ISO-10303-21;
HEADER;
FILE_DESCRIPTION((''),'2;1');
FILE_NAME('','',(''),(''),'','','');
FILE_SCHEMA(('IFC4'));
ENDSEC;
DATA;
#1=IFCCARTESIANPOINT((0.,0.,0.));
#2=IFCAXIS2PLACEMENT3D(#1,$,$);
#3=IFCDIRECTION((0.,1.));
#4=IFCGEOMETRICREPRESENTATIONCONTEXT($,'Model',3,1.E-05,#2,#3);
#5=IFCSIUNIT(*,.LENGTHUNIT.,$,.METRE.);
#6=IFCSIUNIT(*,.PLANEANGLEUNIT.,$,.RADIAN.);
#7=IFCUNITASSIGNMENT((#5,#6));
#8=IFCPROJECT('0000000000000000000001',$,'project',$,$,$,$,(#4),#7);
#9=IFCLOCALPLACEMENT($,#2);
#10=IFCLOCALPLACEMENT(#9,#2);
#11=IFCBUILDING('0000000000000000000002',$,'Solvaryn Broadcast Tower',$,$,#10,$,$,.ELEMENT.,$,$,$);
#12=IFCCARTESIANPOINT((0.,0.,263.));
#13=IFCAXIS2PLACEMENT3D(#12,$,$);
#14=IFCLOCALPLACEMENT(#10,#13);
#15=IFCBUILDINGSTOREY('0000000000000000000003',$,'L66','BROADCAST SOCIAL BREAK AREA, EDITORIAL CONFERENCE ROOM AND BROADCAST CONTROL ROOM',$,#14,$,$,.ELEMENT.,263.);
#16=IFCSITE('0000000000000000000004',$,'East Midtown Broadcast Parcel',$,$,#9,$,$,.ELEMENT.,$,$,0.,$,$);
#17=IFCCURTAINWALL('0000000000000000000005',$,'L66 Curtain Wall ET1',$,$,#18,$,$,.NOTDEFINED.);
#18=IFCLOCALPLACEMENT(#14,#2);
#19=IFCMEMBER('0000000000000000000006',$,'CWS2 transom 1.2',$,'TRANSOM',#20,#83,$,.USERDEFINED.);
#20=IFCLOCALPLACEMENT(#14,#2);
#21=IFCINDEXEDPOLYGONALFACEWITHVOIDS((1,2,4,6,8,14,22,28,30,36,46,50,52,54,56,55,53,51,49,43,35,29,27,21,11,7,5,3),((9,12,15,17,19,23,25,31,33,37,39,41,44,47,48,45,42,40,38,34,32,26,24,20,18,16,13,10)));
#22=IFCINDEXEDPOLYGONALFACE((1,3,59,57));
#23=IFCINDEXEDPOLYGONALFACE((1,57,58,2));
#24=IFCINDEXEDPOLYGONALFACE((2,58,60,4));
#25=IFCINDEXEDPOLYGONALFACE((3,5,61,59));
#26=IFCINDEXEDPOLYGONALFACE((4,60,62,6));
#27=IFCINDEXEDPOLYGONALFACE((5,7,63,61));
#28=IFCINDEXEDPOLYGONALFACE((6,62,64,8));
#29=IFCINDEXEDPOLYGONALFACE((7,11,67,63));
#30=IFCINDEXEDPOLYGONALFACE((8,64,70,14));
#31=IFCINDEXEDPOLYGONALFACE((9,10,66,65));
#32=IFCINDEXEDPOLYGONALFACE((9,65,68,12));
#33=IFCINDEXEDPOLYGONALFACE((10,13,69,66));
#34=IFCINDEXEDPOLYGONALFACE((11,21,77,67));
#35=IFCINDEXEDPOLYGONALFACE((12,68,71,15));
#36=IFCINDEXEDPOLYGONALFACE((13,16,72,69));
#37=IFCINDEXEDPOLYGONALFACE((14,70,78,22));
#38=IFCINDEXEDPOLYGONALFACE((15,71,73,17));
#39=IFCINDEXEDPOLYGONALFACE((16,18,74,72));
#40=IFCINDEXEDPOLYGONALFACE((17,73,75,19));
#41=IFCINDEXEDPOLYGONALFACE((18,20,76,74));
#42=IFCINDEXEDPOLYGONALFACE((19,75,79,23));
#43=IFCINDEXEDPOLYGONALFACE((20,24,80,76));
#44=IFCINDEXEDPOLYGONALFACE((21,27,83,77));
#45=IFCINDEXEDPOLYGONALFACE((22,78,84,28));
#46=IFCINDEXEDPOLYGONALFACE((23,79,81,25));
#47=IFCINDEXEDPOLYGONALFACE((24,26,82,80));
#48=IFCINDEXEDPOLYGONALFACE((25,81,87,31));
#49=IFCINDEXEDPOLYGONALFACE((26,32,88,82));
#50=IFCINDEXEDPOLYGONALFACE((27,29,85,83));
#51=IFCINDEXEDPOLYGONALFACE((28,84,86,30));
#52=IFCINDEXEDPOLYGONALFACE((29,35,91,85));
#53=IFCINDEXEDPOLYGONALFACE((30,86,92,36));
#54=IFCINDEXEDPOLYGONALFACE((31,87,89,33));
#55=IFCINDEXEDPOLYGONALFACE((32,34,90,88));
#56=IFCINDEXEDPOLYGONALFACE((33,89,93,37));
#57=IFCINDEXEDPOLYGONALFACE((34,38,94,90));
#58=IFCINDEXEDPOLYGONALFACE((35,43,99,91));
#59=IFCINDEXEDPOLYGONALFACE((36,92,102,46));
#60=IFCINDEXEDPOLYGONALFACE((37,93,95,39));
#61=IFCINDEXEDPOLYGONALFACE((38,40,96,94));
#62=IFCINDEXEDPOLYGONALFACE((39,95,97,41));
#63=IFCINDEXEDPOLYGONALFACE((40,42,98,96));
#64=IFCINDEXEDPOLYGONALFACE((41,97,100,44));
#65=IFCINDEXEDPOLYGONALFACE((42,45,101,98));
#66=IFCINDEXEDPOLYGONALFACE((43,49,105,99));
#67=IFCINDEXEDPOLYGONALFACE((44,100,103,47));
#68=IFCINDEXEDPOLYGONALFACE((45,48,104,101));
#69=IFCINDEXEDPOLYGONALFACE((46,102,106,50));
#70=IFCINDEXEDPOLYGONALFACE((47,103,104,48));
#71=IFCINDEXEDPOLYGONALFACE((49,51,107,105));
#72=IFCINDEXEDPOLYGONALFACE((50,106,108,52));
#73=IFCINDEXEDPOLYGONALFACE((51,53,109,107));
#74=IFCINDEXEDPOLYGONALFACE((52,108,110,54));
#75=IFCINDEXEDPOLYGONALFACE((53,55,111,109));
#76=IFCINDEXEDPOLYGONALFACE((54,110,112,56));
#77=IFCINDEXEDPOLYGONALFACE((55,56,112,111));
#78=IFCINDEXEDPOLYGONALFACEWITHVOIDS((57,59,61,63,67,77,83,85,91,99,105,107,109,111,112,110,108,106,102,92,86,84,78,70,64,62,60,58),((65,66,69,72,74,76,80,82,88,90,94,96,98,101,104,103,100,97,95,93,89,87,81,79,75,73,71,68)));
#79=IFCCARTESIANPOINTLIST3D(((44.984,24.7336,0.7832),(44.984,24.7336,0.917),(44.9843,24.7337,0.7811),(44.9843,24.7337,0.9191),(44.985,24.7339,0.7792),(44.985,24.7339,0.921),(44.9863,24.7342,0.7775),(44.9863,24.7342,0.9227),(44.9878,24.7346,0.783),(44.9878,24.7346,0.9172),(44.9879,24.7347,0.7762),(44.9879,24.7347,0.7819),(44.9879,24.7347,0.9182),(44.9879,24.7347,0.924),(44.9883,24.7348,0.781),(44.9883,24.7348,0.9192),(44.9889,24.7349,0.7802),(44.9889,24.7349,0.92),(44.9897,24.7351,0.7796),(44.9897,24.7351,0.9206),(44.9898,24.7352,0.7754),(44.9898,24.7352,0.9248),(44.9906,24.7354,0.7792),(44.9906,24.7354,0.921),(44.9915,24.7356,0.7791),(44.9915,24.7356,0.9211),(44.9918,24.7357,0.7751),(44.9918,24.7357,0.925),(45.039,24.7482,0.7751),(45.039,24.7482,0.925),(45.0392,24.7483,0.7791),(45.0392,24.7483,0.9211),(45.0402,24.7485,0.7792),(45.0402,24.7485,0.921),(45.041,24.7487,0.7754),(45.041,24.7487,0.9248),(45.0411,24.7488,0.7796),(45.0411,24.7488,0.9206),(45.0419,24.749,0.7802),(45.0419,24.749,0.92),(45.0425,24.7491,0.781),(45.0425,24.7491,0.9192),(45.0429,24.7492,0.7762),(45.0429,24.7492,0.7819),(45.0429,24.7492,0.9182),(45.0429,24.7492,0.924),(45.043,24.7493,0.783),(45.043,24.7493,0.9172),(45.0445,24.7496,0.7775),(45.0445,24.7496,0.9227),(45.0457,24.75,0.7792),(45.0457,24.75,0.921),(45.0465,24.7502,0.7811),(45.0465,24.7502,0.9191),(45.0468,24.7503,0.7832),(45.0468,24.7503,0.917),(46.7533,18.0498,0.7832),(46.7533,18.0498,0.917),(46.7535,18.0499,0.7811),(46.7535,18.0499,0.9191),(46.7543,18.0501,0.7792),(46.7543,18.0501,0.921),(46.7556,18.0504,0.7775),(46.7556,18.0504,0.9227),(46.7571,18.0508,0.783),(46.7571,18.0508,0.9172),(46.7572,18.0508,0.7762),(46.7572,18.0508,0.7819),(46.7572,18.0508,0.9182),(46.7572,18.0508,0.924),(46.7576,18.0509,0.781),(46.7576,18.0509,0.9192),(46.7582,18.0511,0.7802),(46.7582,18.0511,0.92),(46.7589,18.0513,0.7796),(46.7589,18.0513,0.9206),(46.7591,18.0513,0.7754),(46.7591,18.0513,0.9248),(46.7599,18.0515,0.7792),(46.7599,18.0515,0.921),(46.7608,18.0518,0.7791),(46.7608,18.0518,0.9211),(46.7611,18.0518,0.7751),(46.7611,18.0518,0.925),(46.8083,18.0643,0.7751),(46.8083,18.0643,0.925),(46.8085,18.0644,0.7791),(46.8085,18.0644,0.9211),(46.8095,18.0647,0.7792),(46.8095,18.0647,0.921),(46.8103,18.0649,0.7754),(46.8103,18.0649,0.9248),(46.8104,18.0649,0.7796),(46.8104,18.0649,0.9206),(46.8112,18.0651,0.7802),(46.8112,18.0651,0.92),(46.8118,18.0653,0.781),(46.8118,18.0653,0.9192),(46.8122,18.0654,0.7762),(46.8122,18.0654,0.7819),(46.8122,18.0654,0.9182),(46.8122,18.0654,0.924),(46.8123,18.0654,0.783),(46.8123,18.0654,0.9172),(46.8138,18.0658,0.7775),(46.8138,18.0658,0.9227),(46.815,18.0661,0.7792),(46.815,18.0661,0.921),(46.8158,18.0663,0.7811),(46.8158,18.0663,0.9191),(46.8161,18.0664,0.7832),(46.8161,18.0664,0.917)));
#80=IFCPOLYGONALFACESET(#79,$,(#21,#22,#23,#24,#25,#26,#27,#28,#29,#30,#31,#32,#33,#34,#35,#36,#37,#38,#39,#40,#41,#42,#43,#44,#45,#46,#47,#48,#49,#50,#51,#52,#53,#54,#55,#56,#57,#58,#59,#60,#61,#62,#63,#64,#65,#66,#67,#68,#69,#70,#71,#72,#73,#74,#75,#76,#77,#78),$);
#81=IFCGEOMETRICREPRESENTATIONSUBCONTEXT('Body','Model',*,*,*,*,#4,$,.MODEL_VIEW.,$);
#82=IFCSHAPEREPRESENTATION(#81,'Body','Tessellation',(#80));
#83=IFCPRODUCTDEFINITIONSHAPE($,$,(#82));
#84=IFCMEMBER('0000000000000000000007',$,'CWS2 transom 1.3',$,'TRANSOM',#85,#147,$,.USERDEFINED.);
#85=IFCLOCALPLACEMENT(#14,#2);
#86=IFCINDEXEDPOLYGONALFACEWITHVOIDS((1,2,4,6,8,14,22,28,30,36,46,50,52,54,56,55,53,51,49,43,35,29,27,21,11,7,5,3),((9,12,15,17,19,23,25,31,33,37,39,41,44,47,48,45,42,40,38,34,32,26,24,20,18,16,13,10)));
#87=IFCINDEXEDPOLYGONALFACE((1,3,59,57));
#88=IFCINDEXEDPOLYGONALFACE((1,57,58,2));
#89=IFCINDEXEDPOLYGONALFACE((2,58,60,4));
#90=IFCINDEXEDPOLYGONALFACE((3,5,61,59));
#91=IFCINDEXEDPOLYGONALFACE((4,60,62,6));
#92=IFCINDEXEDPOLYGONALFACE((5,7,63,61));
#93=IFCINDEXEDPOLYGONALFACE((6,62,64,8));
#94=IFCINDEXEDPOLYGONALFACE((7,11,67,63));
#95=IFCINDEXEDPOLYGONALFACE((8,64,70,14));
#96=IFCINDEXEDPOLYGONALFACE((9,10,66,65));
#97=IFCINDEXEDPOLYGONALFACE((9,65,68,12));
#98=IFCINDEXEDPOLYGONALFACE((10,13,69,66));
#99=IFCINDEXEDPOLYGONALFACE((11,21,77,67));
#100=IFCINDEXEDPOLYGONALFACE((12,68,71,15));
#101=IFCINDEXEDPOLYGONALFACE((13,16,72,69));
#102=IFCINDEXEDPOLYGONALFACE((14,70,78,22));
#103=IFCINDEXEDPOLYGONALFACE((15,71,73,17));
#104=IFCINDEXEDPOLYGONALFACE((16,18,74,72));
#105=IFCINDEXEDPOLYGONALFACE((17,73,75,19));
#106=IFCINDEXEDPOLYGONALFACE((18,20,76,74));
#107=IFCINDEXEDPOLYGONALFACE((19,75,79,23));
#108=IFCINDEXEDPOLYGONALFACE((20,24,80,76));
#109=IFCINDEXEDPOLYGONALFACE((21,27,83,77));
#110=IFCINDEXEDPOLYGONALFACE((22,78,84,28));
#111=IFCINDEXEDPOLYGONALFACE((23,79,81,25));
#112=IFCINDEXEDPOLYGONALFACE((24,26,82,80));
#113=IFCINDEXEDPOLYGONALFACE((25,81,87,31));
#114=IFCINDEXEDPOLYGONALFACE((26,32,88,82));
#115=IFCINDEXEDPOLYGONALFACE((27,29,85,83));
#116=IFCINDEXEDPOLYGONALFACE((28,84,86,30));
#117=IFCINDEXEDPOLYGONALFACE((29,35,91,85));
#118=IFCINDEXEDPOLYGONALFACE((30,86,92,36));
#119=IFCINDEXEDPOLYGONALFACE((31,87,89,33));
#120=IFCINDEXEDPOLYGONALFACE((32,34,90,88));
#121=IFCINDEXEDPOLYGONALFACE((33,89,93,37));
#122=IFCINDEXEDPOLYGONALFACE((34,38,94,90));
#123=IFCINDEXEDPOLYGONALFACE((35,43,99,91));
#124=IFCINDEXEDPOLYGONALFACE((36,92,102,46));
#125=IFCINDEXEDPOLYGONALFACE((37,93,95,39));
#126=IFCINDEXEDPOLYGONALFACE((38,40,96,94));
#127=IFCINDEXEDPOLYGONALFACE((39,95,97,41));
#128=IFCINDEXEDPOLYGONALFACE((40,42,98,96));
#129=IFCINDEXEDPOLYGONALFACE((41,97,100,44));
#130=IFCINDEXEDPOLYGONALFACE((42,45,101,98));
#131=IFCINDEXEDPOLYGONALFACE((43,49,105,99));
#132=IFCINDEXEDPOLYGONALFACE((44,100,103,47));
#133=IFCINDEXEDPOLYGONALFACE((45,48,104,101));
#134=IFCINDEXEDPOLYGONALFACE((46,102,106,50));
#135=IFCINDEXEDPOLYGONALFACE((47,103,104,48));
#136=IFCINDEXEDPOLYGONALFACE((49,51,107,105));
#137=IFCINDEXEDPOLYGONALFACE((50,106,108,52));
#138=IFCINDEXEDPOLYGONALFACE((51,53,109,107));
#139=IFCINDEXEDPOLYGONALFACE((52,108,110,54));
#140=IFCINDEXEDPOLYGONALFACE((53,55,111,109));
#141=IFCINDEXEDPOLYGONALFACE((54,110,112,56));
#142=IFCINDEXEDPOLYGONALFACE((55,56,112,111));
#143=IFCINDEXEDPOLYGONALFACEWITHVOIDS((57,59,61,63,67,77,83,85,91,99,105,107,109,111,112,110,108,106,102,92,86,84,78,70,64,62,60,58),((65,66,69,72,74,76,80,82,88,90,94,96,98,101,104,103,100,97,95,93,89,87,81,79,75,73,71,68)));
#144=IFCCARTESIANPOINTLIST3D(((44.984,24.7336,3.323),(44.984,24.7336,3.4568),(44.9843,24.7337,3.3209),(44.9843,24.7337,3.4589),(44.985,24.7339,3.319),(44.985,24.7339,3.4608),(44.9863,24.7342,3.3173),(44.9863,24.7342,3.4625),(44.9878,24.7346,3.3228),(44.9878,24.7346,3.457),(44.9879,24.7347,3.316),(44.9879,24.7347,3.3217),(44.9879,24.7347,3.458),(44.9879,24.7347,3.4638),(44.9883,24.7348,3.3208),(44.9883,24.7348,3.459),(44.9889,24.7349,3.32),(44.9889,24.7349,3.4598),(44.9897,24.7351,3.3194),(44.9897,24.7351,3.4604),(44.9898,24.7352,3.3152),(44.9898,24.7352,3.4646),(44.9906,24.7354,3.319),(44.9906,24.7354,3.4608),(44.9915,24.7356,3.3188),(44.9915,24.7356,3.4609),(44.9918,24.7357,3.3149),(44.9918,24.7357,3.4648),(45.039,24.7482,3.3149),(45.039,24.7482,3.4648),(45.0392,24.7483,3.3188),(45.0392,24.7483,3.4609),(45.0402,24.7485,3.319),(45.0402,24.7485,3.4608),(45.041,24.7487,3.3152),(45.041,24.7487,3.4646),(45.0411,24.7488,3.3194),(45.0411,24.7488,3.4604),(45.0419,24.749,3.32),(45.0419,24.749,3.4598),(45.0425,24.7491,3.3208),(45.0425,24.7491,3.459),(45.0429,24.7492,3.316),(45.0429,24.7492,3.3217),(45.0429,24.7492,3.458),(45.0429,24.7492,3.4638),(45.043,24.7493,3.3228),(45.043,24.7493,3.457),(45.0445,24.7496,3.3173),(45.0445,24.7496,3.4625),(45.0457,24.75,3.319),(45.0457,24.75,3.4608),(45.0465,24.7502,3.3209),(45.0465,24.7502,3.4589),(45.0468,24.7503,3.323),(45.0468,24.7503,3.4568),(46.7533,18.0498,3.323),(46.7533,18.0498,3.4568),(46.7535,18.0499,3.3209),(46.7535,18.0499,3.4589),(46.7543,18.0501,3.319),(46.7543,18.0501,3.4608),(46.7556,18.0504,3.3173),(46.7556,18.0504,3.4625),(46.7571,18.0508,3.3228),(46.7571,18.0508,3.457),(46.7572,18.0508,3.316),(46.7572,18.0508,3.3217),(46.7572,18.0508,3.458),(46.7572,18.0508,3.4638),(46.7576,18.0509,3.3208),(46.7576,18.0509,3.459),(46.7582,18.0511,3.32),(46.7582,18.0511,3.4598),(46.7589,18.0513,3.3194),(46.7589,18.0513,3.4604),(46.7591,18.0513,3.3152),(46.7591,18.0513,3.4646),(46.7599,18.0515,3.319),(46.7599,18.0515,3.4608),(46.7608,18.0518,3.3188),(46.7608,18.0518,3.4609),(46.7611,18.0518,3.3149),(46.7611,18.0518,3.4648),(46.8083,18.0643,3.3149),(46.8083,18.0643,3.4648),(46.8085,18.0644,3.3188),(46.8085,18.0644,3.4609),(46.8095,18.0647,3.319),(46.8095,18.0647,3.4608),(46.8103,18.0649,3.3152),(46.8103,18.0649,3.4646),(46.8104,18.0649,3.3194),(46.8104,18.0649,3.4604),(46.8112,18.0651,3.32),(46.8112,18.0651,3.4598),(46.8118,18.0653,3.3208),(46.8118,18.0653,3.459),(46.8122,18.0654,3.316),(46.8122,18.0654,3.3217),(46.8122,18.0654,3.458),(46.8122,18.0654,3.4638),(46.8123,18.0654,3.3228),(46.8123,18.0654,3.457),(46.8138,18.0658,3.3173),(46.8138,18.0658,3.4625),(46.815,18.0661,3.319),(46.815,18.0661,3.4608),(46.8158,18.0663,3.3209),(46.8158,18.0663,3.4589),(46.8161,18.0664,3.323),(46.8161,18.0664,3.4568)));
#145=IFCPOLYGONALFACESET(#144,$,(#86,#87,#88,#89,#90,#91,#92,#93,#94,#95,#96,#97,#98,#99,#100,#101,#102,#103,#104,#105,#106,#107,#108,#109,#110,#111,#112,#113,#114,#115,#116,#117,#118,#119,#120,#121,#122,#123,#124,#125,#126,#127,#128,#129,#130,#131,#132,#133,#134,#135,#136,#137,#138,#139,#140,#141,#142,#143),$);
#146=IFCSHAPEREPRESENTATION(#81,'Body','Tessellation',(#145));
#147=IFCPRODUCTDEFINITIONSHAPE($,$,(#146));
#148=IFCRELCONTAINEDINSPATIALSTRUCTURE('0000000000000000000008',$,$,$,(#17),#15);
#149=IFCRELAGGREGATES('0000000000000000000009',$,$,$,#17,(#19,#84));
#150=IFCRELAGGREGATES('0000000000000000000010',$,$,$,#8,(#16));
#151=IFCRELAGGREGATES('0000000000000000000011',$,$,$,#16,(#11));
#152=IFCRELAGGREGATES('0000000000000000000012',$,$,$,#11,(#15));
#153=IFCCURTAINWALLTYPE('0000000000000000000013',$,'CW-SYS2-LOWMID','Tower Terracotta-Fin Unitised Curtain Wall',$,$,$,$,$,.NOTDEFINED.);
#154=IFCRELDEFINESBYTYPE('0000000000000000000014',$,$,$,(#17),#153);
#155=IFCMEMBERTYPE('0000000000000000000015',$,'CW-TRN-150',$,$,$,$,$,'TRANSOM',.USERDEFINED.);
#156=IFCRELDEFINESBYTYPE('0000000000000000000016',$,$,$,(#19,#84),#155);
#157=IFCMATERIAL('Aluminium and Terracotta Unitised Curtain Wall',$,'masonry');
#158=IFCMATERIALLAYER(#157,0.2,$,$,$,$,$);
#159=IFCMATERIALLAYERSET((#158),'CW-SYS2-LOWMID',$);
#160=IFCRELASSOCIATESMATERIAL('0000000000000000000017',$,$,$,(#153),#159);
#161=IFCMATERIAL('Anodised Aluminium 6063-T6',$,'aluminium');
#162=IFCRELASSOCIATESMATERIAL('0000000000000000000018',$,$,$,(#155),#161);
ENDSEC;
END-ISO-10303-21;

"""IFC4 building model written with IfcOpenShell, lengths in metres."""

from ifc_helpers import new_model, si_unit, direction, frame, origin, origin_2d, place, context, subcontext, project, spatial, hollow_rectangle, extrude, material, layer, layer_set, material_profile, profile_set, type_object, element, aggregate, save


model = new_model("IFC4")

# Units and contexts
model_context = context("Model", 3, precision=1e-05, world=origin(), true_north=direction((0.0, 1.0)))
body_context = subcontext(model_context, "Body", "Model", "MODEL_VIEW")
ifc_project = project(units=[si_unit("LENGTHUNIT", "METRE"), si_unit("PLANEANGLEUNIT", "RADIAN")], contexts=[model_context])

# Site, building, storey
site_placement = place(None, origin())
site = spatial("IfcSite", under=ifc_project, at=site_placement, Name="East Midtown Broadcast Parcel", CompositionType="ELEMENT", RefElevation=0.0)
building_placement = place(site_placement, origin())
building = spatial("IfcBuilding", under=site, at=building_placement, Name="Solvaryn Broadcast Tower", CompositionType="ELEMENT")
storey_placement = place(building_placement, frame((0.0, 0.0, 263.0)))
storey = spatial("IfcBuildingStorey", under=building, at=storey_placement, Name="L66", Description="BROADCAST SOCIAL BREAK AREA, EDITORIAL CONFERENCE ROOM AND BROADCAST CONTROL ROOM", CompositionType="ELEMENT", Elevation=263.0)

# Curtain wall
ifc_material_1 = material(Name="Aluminium and Terracotta Unitised Curtain Wall", Category="masonry")
ifc_layer_1 = layer(ifc_material_1, 0.2)
ifc_layer_set_1 = layer_set([ifc_layer_1], Name="CW-SYS2-LOWMID")
curtain_wall_type = type_object("IfcCurtainWallType", Name="CW-SYS2-LOWMID", Description="Tower Terracotta-Fin Unitised Curtain Wall", PredefinedType="NOTDEFINED", material=ifc_layer_set_1)
curtain_wall_1_placement = place(storey_placement, origin())
curtain_wall_1 = element("IfcCurtainWall", 1, at=curtain_wall_1_placement, inside=storey, type_object=curtain_wall_type, Name="L66 Curtain Wall ET1", PredefinedType="NOTDEFINED")

# Members
ifc_material_2 = material(Name="Anodised Aluminium 6063-T6", Category="aluminium")
ifc_material_profile_1 = material_profile(ifc_material_2, hollow_rectangle(XDim=0.0649, YDim=0.1499, WallThickness=0.0039, InnerFilletRadius=0.0039, OuterFilletRadius=0.0081, at=origin_2d()))
ifc_profile_set_1 = profile_set([ifc_material_profile_1], Name="Anodised Aluminium 6063-T6")
member_type_1 = type_object("IfcMemberType", Name="CW-TRN-150", ElementType="TRANSOM", PredefinedType="USERDEFINED", material=ifc_profile_set_1)
member_1_placement = place(storey_placement, frame((45.0154, 24.7419, 0.8501), z_axis=(0.255897, -0.966704, 0.0), x_axis=(0.966704, 0.255897, 0.0)))
member_1 = element("IfcMember", 2, at=member_1_placement, type_object=member_type_1, Name="CWS2 transom 1.2", ObjectType="TRANSOM", PredefinedType="USERDEFINED", context=body_context, shape_type="SweptSolid", body=[
    extrude(hollow_rectangle(XDim=0.0649, YDim=0.1499, WallThickness=0.0039, InnerFilletRadius=0.0039, OuterFilletRadius=0.0081, at=origin_2d()), origin(), (0.0, 0.0, 1.0), 6.9141),
])
member_2_placement = place(storey_placement, frame((45.0154, 24.7419, 3.3899), z_axis=(0.255897, -0.966704, 0.0), x_axis=(0.966704, 0.255897, 0.0)))
member_2 = element("IfcMember", 3, at=member_2_placement, type_object=member_type_1, Name="CWS2 transom 1.3", ObjectType="TRANSOM", PredefinedType="USERDEFINED", context=body_context, shape_type="SweptSolid", body=[
    extrude(hollow_rectangle(XDim=0.0649, YDim=0.1499, WallThickness=0.0039, InnerFilletRadius=0.0039, OuterFilletRadius=0.0081, at=origin_2d()), origin(), (0.0, 0.0, 1.0), 6.9141),
])

aggregate(curtain_wall_1, [member_1, member_2])

save(model, "model.ifc")
